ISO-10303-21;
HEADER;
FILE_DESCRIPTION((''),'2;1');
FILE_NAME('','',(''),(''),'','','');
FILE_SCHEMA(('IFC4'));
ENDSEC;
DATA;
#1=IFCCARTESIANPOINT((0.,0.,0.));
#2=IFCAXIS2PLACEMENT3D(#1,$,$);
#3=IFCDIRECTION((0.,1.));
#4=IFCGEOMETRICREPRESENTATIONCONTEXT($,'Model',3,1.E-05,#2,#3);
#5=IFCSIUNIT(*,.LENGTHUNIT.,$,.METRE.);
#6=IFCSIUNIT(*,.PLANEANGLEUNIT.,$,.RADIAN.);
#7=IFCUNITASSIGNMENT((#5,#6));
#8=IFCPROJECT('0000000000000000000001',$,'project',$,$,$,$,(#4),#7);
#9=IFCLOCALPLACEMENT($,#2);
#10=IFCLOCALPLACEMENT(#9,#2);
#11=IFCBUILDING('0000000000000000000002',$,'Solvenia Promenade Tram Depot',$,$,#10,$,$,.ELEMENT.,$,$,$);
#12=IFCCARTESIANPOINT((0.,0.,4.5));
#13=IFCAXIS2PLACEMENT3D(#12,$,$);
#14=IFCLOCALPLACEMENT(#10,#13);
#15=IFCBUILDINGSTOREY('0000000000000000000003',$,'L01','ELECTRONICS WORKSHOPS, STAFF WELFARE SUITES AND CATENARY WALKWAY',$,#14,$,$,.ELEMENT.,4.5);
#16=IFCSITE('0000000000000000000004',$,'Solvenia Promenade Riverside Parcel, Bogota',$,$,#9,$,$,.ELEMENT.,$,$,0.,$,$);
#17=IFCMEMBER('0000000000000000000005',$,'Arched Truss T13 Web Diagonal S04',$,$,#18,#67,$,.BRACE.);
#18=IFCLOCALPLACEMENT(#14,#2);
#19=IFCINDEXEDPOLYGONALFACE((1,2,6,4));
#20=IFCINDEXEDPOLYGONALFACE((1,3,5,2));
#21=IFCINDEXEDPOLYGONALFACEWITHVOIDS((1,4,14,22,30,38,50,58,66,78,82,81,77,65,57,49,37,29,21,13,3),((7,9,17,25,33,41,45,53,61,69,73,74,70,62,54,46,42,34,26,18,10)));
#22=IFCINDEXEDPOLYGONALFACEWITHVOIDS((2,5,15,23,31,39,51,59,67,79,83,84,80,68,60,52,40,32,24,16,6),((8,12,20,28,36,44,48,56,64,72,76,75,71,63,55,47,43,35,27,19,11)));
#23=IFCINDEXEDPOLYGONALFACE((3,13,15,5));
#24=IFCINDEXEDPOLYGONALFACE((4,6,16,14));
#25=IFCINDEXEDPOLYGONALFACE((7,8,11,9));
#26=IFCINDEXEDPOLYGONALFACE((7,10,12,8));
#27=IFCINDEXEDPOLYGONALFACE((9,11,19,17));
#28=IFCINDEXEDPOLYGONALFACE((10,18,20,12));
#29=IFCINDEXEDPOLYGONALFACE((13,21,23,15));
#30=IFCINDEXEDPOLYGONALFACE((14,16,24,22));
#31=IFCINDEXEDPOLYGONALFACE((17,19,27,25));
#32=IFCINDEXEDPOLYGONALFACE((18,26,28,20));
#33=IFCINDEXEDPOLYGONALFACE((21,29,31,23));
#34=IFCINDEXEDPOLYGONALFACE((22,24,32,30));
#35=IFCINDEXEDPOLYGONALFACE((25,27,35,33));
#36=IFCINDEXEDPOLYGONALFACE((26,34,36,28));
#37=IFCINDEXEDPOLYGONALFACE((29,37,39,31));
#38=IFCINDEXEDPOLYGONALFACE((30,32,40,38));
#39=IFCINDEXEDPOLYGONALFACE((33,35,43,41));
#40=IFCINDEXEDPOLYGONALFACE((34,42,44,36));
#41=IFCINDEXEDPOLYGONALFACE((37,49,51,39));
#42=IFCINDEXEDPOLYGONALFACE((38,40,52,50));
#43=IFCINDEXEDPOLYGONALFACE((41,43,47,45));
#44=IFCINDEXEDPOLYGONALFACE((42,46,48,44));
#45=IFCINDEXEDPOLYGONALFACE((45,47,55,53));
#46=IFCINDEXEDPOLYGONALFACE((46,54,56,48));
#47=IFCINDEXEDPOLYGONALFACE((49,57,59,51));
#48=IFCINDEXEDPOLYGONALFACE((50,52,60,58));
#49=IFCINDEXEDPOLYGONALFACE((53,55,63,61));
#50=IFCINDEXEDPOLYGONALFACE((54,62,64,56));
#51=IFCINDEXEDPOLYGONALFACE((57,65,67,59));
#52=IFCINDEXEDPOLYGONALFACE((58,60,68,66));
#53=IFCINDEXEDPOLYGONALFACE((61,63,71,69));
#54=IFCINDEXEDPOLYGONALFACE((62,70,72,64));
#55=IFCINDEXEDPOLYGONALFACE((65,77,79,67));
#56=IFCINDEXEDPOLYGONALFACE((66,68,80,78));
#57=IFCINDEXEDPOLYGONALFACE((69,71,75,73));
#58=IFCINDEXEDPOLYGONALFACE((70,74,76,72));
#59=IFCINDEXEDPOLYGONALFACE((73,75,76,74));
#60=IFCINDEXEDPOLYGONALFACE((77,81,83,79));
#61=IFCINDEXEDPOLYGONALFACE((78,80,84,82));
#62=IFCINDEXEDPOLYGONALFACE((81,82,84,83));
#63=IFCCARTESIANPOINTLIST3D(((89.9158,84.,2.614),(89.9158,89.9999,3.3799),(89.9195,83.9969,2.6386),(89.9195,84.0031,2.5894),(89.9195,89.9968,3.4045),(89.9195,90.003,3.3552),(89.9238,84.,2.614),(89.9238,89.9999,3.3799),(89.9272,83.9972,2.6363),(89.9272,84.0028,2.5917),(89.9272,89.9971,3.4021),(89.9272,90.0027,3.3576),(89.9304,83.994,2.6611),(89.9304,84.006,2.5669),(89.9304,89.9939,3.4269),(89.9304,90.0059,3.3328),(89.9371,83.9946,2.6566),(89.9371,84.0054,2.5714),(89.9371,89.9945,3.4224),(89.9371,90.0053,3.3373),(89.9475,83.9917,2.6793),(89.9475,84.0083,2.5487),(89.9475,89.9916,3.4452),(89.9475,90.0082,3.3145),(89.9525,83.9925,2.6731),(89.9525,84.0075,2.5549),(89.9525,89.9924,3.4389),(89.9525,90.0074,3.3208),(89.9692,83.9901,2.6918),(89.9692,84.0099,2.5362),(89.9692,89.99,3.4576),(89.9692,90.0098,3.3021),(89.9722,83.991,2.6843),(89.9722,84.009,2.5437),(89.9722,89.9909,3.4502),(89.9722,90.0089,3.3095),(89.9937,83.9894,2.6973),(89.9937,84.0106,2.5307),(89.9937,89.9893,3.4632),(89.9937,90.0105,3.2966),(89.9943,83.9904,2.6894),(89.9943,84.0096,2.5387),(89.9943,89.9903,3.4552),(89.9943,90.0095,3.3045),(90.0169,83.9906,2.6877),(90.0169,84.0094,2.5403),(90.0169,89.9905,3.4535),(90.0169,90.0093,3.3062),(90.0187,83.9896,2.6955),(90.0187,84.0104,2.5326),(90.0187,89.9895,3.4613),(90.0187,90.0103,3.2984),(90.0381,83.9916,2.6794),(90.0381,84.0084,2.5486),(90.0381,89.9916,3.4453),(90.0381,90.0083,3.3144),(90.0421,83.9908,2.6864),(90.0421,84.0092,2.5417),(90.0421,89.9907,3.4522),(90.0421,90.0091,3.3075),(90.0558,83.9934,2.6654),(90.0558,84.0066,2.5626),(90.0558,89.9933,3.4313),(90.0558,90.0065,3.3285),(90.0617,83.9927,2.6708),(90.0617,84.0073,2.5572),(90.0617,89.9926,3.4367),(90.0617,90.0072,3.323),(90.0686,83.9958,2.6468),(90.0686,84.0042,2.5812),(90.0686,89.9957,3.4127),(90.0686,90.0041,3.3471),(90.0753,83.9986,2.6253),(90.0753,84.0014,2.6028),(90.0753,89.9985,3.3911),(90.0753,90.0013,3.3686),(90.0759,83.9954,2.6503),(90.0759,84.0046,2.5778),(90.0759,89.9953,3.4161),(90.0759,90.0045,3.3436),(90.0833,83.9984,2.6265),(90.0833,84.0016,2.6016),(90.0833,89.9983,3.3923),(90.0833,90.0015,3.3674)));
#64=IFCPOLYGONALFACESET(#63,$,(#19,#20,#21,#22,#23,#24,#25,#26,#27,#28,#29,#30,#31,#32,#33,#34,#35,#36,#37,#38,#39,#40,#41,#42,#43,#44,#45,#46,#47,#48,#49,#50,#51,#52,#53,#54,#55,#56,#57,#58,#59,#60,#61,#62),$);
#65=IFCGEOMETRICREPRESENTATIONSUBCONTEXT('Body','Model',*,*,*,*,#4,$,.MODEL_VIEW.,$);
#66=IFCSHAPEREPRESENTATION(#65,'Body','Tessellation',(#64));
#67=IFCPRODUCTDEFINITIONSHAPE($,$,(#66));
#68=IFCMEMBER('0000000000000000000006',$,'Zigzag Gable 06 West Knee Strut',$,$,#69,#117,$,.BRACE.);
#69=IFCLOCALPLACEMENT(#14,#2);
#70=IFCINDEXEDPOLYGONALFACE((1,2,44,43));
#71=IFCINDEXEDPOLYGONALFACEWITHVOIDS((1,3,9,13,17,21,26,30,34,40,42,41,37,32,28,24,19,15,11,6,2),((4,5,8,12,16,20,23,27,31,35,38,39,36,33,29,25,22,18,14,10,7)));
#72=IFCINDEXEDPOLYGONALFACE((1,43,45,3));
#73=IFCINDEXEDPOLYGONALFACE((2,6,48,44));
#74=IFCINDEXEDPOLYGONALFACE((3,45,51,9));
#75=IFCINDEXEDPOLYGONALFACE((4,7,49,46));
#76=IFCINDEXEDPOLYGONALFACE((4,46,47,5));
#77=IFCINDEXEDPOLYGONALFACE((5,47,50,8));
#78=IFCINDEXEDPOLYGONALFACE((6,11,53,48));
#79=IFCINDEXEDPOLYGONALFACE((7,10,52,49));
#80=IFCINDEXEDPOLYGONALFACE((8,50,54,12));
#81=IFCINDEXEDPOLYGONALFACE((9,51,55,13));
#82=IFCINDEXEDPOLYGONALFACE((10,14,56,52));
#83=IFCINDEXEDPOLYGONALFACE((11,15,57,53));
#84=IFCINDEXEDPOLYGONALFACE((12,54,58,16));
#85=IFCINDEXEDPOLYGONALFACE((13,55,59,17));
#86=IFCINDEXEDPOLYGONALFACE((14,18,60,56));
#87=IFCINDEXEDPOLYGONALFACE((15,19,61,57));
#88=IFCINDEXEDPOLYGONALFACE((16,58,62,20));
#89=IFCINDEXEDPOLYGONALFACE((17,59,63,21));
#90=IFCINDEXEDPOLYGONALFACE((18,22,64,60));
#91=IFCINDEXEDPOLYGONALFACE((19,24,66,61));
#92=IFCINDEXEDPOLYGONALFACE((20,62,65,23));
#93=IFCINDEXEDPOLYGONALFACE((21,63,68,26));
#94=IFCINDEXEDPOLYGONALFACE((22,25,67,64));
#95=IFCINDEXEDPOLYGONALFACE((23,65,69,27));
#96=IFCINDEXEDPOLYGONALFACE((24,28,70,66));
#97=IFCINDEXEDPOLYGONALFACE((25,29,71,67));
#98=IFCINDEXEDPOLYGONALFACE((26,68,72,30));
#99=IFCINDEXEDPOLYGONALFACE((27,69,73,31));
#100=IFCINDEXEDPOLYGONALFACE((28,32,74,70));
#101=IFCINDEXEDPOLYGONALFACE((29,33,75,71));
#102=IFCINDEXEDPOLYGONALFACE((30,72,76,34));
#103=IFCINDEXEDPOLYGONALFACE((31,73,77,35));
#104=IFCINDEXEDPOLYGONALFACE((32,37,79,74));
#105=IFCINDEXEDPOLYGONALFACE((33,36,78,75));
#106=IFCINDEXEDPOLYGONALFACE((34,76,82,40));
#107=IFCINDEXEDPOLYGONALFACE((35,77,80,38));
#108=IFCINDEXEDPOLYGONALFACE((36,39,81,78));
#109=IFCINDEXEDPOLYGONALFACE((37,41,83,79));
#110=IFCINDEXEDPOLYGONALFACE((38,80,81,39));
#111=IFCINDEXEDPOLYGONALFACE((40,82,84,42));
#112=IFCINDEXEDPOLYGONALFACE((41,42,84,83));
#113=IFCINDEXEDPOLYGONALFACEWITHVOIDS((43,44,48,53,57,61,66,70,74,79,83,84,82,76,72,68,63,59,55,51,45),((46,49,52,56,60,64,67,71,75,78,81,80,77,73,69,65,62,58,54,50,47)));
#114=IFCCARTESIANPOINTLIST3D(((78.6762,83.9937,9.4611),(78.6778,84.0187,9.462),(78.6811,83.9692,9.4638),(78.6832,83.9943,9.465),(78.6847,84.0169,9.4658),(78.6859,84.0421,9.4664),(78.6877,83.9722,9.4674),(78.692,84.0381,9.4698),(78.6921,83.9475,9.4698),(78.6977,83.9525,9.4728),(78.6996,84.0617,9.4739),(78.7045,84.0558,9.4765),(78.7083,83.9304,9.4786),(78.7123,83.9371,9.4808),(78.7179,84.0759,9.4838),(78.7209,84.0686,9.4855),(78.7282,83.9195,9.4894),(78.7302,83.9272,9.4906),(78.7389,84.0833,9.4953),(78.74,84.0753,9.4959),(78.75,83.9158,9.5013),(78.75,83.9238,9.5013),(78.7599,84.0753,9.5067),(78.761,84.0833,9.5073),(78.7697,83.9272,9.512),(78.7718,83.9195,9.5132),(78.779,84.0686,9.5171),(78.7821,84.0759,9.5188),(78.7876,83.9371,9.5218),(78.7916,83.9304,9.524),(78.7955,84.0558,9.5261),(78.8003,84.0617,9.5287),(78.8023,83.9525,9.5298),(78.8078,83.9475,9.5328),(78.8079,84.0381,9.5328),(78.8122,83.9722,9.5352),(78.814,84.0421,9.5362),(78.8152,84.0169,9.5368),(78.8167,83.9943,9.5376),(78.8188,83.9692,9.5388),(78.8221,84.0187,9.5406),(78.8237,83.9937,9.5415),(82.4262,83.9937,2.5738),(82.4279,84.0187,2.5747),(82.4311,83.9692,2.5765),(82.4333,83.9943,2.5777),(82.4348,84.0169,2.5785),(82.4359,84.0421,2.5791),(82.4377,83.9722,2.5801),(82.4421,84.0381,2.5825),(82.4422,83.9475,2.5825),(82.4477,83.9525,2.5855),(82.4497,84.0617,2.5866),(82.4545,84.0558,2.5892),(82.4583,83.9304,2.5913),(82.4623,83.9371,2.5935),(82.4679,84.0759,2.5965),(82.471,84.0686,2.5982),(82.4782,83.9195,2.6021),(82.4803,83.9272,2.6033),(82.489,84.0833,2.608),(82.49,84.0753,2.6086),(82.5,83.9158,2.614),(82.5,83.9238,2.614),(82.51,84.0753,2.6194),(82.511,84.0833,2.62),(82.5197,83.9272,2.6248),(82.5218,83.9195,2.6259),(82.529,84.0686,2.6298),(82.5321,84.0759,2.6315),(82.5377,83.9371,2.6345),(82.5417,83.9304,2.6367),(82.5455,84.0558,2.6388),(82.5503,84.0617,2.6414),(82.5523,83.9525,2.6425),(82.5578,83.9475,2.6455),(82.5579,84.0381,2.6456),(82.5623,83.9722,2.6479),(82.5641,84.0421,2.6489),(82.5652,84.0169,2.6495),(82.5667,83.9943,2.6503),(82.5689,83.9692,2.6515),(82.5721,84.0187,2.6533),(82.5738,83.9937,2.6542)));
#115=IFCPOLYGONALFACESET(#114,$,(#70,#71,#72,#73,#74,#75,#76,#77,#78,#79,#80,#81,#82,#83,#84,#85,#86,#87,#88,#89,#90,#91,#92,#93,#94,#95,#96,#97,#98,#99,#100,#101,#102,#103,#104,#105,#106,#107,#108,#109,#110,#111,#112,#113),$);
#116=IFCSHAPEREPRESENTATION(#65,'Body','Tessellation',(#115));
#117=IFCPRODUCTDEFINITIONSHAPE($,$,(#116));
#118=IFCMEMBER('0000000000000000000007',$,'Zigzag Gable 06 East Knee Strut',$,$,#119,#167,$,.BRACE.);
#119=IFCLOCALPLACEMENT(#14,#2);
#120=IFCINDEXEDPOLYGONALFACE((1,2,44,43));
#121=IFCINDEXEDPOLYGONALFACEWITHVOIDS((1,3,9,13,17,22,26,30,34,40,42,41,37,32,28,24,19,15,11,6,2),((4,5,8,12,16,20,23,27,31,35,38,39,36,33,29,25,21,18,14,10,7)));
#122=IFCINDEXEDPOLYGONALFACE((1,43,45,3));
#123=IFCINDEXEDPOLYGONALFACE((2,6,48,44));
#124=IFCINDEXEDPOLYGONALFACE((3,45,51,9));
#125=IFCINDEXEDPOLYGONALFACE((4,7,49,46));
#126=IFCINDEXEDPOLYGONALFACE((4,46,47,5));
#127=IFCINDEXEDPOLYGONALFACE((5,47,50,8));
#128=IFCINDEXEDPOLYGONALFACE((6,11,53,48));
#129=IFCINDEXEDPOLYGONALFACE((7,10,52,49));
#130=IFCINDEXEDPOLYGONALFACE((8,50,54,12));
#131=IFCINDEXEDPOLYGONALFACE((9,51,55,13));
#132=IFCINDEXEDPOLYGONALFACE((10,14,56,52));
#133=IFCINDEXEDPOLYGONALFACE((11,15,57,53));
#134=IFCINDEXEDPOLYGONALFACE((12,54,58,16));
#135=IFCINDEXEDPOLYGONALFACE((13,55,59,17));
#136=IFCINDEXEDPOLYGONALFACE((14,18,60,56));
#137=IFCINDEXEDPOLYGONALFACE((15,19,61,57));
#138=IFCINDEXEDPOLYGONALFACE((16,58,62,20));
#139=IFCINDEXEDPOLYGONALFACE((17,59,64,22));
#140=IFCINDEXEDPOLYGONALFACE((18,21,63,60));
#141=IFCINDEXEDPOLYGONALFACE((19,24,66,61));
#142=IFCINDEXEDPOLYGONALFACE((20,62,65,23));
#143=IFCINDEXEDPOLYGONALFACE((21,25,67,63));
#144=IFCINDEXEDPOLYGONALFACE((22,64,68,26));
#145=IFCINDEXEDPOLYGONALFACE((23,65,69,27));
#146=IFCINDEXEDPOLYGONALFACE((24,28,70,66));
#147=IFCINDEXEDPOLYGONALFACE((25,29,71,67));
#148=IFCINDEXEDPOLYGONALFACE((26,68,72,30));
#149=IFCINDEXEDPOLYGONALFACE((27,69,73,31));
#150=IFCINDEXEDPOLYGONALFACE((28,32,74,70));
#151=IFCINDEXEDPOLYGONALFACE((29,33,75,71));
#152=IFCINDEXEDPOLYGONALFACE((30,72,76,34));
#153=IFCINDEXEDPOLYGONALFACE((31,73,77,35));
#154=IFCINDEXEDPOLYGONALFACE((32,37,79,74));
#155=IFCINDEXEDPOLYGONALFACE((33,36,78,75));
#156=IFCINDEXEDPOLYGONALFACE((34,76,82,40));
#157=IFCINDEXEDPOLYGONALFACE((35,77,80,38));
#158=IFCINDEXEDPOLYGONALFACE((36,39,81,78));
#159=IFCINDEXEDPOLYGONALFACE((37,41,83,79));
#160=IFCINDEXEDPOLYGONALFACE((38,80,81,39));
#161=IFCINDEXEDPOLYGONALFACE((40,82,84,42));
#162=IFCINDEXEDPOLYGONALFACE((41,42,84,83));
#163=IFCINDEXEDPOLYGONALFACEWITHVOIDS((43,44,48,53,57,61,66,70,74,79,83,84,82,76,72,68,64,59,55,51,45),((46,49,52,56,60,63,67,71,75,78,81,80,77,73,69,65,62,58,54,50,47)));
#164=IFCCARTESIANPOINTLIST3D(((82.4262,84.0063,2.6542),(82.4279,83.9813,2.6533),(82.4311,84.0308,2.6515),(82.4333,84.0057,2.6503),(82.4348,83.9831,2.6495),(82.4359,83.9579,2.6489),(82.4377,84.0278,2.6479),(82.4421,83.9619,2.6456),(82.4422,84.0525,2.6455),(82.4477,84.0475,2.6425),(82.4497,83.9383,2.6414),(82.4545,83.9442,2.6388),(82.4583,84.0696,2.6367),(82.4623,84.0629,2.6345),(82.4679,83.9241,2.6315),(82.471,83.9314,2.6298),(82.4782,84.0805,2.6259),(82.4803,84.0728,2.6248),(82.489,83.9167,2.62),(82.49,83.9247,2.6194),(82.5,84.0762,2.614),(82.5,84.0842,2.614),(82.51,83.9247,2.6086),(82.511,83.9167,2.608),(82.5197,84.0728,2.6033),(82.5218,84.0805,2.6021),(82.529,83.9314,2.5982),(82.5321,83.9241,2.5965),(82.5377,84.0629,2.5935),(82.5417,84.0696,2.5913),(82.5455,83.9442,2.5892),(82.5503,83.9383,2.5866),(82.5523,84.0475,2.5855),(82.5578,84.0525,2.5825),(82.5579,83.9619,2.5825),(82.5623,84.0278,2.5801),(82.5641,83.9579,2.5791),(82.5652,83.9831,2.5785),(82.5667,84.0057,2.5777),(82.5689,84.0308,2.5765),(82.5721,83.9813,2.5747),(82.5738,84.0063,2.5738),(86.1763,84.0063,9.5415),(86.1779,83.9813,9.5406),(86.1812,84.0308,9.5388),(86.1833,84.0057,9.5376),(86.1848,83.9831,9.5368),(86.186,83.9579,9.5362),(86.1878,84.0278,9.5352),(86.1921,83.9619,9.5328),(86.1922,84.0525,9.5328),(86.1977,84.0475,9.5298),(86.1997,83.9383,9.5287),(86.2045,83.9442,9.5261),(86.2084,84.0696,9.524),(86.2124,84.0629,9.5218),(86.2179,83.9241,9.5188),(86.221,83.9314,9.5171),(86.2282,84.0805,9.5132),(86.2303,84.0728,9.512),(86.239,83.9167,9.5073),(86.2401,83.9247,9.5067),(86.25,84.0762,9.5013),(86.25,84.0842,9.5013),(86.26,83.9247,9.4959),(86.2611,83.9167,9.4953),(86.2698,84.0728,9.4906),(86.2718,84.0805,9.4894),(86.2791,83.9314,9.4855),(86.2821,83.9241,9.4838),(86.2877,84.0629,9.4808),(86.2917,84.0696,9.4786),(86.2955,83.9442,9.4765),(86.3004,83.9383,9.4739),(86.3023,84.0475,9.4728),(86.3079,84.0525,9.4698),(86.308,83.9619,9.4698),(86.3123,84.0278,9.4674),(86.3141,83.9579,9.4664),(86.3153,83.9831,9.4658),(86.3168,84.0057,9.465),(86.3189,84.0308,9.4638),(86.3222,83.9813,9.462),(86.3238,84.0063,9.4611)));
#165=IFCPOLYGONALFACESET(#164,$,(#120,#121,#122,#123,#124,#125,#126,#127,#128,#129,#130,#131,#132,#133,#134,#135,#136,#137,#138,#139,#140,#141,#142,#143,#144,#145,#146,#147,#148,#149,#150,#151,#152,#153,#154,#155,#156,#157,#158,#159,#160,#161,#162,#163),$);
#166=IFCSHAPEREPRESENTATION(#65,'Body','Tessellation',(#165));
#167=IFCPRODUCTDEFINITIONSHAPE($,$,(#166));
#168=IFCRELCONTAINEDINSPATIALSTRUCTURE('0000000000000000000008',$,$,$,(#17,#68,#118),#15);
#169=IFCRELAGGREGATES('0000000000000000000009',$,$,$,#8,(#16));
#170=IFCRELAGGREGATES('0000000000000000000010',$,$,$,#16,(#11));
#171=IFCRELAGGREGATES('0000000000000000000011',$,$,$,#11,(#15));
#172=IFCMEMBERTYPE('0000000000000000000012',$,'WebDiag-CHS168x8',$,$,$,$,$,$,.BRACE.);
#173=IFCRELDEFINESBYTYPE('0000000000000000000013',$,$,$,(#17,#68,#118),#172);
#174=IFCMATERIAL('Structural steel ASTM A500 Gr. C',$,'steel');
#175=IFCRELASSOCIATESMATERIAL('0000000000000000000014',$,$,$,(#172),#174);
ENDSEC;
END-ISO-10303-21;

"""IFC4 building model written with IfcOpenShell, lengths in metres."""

from ifc_helpers import new_model, si_unit, direction, frame, origin, origin_2d, place, context, subcontext, project, spatial, hollow_circle, extrude, material, material_profile, profile_set, type_object, element, save


model = new_model("IFC4")

# Units and contexts
model_context = context("Model", 3, precision=1e-05, world=origin(), true_north=direction((0.0, 1.0)))
body_context = subcontext(model_context, "Body", "Model", "MODEL_VIEW")
ifc_project = project(units=[si_unit("LENGTHUNIT", "METRE"), si_unit("PLANEANGLEUNIT", "RADIAN")], contexts=[model_context])

# Site, building, storey
site_placement = place(None, origin())
site = spatial("IfcSite", under=ifc_project, at=site_placement, Name="Solvenia Promenade Riverside Parcel, Bogota", CompositionType="ELEMENT", RefElevation=0.0)
building_placement = place(site_placement, origin())
building = spatial("IfcBuilding", under=site, at=building_placement, Name="Solvenia Promenade Tram Depot", CompositionType="ELEMENT")
storey_placement = place(building_placement, frame((0.0, 0.0, 4.5)))
storey = spatial("IfcBuildingStorey", under=building, at=storey_placement, Name="L01", Description="ELECTRONICS WORKSHOPS, STAFF WELFARE SUITES AND CATENARY WALKWAY", CompositionType="ELEMENT", Elevation=4.5)

# Shared definitions
ifc_material_1 = material(Name="Structural steel ASTM A500 Gr. C", Category="steel")

# Members
ifc_material_profile_1 = material_profile(ifc_material_1, hollow_circle(Radius=0.0842, WallThickness=0.0081, at=origin_2d()), Name="CHS168.3x8", Category="steel")
ifc_profile_set_1 = profile_set([ifc_material_profile_1], Name="Structural steel ASTM A500 Gr. C")
member_type_1 = type_object("IfcMemberType", Name="WebDiag-CHS168x8", PredefinedType="BRACE", material=ifc_profile_set_1)
member_1_placement = place(storey_placement, frame((90.0, 84.0, 2.614), z_axis=(0.0, 0.991952, 0.126618), x_axis=(-1.0, 0.0, 0.0)))
element("IfcMember", 1, at=member_1_placement, inside=storey, type_object=member_type_1, Name="Arched Truss T13 Web Diagonal S04", PredefinedType="BRACE", context=body_context, shape_type="SweptSolid", body=[
    extrude(hollow_circle(Radius=0.0842, WallThickness=0.0081, at=origin_2d()), origin(), (0.0, 0.0, 1.0), 6.0486),
])
for number, where, z_axis, x_axis, name in (
    (2, (82.5, 84.0, 2.614), (-0.478198, 0.0, 0.878252), (0.0, -1.0, 0.0), "Zigzag Gable 06 West Knee Strut"),
    (3, (82.5, 84.0, 2.614), (0.478198, 0.0, 0.878252), (0.0, 1.0, 0.0), "Zigzag Gable 06 East Knee Strut"),
):
    element("IfcMember", number, at=place(storey_placement, frame(where, z_axis=z_axis, x_axis=x_axis)), inside=storey, type_object=member_type_1, Name=name, PredefinedType="BRACE", context=body_context, shape_type="SweptSolid", body=[
        extrude(hollow_circle(Radius=0.0842, WallThickness=0.0081, at=origin_2d()), origin(), (0.0, 0.0, 1.0), 7.842),
    ])

save(model, "model.ifc")
